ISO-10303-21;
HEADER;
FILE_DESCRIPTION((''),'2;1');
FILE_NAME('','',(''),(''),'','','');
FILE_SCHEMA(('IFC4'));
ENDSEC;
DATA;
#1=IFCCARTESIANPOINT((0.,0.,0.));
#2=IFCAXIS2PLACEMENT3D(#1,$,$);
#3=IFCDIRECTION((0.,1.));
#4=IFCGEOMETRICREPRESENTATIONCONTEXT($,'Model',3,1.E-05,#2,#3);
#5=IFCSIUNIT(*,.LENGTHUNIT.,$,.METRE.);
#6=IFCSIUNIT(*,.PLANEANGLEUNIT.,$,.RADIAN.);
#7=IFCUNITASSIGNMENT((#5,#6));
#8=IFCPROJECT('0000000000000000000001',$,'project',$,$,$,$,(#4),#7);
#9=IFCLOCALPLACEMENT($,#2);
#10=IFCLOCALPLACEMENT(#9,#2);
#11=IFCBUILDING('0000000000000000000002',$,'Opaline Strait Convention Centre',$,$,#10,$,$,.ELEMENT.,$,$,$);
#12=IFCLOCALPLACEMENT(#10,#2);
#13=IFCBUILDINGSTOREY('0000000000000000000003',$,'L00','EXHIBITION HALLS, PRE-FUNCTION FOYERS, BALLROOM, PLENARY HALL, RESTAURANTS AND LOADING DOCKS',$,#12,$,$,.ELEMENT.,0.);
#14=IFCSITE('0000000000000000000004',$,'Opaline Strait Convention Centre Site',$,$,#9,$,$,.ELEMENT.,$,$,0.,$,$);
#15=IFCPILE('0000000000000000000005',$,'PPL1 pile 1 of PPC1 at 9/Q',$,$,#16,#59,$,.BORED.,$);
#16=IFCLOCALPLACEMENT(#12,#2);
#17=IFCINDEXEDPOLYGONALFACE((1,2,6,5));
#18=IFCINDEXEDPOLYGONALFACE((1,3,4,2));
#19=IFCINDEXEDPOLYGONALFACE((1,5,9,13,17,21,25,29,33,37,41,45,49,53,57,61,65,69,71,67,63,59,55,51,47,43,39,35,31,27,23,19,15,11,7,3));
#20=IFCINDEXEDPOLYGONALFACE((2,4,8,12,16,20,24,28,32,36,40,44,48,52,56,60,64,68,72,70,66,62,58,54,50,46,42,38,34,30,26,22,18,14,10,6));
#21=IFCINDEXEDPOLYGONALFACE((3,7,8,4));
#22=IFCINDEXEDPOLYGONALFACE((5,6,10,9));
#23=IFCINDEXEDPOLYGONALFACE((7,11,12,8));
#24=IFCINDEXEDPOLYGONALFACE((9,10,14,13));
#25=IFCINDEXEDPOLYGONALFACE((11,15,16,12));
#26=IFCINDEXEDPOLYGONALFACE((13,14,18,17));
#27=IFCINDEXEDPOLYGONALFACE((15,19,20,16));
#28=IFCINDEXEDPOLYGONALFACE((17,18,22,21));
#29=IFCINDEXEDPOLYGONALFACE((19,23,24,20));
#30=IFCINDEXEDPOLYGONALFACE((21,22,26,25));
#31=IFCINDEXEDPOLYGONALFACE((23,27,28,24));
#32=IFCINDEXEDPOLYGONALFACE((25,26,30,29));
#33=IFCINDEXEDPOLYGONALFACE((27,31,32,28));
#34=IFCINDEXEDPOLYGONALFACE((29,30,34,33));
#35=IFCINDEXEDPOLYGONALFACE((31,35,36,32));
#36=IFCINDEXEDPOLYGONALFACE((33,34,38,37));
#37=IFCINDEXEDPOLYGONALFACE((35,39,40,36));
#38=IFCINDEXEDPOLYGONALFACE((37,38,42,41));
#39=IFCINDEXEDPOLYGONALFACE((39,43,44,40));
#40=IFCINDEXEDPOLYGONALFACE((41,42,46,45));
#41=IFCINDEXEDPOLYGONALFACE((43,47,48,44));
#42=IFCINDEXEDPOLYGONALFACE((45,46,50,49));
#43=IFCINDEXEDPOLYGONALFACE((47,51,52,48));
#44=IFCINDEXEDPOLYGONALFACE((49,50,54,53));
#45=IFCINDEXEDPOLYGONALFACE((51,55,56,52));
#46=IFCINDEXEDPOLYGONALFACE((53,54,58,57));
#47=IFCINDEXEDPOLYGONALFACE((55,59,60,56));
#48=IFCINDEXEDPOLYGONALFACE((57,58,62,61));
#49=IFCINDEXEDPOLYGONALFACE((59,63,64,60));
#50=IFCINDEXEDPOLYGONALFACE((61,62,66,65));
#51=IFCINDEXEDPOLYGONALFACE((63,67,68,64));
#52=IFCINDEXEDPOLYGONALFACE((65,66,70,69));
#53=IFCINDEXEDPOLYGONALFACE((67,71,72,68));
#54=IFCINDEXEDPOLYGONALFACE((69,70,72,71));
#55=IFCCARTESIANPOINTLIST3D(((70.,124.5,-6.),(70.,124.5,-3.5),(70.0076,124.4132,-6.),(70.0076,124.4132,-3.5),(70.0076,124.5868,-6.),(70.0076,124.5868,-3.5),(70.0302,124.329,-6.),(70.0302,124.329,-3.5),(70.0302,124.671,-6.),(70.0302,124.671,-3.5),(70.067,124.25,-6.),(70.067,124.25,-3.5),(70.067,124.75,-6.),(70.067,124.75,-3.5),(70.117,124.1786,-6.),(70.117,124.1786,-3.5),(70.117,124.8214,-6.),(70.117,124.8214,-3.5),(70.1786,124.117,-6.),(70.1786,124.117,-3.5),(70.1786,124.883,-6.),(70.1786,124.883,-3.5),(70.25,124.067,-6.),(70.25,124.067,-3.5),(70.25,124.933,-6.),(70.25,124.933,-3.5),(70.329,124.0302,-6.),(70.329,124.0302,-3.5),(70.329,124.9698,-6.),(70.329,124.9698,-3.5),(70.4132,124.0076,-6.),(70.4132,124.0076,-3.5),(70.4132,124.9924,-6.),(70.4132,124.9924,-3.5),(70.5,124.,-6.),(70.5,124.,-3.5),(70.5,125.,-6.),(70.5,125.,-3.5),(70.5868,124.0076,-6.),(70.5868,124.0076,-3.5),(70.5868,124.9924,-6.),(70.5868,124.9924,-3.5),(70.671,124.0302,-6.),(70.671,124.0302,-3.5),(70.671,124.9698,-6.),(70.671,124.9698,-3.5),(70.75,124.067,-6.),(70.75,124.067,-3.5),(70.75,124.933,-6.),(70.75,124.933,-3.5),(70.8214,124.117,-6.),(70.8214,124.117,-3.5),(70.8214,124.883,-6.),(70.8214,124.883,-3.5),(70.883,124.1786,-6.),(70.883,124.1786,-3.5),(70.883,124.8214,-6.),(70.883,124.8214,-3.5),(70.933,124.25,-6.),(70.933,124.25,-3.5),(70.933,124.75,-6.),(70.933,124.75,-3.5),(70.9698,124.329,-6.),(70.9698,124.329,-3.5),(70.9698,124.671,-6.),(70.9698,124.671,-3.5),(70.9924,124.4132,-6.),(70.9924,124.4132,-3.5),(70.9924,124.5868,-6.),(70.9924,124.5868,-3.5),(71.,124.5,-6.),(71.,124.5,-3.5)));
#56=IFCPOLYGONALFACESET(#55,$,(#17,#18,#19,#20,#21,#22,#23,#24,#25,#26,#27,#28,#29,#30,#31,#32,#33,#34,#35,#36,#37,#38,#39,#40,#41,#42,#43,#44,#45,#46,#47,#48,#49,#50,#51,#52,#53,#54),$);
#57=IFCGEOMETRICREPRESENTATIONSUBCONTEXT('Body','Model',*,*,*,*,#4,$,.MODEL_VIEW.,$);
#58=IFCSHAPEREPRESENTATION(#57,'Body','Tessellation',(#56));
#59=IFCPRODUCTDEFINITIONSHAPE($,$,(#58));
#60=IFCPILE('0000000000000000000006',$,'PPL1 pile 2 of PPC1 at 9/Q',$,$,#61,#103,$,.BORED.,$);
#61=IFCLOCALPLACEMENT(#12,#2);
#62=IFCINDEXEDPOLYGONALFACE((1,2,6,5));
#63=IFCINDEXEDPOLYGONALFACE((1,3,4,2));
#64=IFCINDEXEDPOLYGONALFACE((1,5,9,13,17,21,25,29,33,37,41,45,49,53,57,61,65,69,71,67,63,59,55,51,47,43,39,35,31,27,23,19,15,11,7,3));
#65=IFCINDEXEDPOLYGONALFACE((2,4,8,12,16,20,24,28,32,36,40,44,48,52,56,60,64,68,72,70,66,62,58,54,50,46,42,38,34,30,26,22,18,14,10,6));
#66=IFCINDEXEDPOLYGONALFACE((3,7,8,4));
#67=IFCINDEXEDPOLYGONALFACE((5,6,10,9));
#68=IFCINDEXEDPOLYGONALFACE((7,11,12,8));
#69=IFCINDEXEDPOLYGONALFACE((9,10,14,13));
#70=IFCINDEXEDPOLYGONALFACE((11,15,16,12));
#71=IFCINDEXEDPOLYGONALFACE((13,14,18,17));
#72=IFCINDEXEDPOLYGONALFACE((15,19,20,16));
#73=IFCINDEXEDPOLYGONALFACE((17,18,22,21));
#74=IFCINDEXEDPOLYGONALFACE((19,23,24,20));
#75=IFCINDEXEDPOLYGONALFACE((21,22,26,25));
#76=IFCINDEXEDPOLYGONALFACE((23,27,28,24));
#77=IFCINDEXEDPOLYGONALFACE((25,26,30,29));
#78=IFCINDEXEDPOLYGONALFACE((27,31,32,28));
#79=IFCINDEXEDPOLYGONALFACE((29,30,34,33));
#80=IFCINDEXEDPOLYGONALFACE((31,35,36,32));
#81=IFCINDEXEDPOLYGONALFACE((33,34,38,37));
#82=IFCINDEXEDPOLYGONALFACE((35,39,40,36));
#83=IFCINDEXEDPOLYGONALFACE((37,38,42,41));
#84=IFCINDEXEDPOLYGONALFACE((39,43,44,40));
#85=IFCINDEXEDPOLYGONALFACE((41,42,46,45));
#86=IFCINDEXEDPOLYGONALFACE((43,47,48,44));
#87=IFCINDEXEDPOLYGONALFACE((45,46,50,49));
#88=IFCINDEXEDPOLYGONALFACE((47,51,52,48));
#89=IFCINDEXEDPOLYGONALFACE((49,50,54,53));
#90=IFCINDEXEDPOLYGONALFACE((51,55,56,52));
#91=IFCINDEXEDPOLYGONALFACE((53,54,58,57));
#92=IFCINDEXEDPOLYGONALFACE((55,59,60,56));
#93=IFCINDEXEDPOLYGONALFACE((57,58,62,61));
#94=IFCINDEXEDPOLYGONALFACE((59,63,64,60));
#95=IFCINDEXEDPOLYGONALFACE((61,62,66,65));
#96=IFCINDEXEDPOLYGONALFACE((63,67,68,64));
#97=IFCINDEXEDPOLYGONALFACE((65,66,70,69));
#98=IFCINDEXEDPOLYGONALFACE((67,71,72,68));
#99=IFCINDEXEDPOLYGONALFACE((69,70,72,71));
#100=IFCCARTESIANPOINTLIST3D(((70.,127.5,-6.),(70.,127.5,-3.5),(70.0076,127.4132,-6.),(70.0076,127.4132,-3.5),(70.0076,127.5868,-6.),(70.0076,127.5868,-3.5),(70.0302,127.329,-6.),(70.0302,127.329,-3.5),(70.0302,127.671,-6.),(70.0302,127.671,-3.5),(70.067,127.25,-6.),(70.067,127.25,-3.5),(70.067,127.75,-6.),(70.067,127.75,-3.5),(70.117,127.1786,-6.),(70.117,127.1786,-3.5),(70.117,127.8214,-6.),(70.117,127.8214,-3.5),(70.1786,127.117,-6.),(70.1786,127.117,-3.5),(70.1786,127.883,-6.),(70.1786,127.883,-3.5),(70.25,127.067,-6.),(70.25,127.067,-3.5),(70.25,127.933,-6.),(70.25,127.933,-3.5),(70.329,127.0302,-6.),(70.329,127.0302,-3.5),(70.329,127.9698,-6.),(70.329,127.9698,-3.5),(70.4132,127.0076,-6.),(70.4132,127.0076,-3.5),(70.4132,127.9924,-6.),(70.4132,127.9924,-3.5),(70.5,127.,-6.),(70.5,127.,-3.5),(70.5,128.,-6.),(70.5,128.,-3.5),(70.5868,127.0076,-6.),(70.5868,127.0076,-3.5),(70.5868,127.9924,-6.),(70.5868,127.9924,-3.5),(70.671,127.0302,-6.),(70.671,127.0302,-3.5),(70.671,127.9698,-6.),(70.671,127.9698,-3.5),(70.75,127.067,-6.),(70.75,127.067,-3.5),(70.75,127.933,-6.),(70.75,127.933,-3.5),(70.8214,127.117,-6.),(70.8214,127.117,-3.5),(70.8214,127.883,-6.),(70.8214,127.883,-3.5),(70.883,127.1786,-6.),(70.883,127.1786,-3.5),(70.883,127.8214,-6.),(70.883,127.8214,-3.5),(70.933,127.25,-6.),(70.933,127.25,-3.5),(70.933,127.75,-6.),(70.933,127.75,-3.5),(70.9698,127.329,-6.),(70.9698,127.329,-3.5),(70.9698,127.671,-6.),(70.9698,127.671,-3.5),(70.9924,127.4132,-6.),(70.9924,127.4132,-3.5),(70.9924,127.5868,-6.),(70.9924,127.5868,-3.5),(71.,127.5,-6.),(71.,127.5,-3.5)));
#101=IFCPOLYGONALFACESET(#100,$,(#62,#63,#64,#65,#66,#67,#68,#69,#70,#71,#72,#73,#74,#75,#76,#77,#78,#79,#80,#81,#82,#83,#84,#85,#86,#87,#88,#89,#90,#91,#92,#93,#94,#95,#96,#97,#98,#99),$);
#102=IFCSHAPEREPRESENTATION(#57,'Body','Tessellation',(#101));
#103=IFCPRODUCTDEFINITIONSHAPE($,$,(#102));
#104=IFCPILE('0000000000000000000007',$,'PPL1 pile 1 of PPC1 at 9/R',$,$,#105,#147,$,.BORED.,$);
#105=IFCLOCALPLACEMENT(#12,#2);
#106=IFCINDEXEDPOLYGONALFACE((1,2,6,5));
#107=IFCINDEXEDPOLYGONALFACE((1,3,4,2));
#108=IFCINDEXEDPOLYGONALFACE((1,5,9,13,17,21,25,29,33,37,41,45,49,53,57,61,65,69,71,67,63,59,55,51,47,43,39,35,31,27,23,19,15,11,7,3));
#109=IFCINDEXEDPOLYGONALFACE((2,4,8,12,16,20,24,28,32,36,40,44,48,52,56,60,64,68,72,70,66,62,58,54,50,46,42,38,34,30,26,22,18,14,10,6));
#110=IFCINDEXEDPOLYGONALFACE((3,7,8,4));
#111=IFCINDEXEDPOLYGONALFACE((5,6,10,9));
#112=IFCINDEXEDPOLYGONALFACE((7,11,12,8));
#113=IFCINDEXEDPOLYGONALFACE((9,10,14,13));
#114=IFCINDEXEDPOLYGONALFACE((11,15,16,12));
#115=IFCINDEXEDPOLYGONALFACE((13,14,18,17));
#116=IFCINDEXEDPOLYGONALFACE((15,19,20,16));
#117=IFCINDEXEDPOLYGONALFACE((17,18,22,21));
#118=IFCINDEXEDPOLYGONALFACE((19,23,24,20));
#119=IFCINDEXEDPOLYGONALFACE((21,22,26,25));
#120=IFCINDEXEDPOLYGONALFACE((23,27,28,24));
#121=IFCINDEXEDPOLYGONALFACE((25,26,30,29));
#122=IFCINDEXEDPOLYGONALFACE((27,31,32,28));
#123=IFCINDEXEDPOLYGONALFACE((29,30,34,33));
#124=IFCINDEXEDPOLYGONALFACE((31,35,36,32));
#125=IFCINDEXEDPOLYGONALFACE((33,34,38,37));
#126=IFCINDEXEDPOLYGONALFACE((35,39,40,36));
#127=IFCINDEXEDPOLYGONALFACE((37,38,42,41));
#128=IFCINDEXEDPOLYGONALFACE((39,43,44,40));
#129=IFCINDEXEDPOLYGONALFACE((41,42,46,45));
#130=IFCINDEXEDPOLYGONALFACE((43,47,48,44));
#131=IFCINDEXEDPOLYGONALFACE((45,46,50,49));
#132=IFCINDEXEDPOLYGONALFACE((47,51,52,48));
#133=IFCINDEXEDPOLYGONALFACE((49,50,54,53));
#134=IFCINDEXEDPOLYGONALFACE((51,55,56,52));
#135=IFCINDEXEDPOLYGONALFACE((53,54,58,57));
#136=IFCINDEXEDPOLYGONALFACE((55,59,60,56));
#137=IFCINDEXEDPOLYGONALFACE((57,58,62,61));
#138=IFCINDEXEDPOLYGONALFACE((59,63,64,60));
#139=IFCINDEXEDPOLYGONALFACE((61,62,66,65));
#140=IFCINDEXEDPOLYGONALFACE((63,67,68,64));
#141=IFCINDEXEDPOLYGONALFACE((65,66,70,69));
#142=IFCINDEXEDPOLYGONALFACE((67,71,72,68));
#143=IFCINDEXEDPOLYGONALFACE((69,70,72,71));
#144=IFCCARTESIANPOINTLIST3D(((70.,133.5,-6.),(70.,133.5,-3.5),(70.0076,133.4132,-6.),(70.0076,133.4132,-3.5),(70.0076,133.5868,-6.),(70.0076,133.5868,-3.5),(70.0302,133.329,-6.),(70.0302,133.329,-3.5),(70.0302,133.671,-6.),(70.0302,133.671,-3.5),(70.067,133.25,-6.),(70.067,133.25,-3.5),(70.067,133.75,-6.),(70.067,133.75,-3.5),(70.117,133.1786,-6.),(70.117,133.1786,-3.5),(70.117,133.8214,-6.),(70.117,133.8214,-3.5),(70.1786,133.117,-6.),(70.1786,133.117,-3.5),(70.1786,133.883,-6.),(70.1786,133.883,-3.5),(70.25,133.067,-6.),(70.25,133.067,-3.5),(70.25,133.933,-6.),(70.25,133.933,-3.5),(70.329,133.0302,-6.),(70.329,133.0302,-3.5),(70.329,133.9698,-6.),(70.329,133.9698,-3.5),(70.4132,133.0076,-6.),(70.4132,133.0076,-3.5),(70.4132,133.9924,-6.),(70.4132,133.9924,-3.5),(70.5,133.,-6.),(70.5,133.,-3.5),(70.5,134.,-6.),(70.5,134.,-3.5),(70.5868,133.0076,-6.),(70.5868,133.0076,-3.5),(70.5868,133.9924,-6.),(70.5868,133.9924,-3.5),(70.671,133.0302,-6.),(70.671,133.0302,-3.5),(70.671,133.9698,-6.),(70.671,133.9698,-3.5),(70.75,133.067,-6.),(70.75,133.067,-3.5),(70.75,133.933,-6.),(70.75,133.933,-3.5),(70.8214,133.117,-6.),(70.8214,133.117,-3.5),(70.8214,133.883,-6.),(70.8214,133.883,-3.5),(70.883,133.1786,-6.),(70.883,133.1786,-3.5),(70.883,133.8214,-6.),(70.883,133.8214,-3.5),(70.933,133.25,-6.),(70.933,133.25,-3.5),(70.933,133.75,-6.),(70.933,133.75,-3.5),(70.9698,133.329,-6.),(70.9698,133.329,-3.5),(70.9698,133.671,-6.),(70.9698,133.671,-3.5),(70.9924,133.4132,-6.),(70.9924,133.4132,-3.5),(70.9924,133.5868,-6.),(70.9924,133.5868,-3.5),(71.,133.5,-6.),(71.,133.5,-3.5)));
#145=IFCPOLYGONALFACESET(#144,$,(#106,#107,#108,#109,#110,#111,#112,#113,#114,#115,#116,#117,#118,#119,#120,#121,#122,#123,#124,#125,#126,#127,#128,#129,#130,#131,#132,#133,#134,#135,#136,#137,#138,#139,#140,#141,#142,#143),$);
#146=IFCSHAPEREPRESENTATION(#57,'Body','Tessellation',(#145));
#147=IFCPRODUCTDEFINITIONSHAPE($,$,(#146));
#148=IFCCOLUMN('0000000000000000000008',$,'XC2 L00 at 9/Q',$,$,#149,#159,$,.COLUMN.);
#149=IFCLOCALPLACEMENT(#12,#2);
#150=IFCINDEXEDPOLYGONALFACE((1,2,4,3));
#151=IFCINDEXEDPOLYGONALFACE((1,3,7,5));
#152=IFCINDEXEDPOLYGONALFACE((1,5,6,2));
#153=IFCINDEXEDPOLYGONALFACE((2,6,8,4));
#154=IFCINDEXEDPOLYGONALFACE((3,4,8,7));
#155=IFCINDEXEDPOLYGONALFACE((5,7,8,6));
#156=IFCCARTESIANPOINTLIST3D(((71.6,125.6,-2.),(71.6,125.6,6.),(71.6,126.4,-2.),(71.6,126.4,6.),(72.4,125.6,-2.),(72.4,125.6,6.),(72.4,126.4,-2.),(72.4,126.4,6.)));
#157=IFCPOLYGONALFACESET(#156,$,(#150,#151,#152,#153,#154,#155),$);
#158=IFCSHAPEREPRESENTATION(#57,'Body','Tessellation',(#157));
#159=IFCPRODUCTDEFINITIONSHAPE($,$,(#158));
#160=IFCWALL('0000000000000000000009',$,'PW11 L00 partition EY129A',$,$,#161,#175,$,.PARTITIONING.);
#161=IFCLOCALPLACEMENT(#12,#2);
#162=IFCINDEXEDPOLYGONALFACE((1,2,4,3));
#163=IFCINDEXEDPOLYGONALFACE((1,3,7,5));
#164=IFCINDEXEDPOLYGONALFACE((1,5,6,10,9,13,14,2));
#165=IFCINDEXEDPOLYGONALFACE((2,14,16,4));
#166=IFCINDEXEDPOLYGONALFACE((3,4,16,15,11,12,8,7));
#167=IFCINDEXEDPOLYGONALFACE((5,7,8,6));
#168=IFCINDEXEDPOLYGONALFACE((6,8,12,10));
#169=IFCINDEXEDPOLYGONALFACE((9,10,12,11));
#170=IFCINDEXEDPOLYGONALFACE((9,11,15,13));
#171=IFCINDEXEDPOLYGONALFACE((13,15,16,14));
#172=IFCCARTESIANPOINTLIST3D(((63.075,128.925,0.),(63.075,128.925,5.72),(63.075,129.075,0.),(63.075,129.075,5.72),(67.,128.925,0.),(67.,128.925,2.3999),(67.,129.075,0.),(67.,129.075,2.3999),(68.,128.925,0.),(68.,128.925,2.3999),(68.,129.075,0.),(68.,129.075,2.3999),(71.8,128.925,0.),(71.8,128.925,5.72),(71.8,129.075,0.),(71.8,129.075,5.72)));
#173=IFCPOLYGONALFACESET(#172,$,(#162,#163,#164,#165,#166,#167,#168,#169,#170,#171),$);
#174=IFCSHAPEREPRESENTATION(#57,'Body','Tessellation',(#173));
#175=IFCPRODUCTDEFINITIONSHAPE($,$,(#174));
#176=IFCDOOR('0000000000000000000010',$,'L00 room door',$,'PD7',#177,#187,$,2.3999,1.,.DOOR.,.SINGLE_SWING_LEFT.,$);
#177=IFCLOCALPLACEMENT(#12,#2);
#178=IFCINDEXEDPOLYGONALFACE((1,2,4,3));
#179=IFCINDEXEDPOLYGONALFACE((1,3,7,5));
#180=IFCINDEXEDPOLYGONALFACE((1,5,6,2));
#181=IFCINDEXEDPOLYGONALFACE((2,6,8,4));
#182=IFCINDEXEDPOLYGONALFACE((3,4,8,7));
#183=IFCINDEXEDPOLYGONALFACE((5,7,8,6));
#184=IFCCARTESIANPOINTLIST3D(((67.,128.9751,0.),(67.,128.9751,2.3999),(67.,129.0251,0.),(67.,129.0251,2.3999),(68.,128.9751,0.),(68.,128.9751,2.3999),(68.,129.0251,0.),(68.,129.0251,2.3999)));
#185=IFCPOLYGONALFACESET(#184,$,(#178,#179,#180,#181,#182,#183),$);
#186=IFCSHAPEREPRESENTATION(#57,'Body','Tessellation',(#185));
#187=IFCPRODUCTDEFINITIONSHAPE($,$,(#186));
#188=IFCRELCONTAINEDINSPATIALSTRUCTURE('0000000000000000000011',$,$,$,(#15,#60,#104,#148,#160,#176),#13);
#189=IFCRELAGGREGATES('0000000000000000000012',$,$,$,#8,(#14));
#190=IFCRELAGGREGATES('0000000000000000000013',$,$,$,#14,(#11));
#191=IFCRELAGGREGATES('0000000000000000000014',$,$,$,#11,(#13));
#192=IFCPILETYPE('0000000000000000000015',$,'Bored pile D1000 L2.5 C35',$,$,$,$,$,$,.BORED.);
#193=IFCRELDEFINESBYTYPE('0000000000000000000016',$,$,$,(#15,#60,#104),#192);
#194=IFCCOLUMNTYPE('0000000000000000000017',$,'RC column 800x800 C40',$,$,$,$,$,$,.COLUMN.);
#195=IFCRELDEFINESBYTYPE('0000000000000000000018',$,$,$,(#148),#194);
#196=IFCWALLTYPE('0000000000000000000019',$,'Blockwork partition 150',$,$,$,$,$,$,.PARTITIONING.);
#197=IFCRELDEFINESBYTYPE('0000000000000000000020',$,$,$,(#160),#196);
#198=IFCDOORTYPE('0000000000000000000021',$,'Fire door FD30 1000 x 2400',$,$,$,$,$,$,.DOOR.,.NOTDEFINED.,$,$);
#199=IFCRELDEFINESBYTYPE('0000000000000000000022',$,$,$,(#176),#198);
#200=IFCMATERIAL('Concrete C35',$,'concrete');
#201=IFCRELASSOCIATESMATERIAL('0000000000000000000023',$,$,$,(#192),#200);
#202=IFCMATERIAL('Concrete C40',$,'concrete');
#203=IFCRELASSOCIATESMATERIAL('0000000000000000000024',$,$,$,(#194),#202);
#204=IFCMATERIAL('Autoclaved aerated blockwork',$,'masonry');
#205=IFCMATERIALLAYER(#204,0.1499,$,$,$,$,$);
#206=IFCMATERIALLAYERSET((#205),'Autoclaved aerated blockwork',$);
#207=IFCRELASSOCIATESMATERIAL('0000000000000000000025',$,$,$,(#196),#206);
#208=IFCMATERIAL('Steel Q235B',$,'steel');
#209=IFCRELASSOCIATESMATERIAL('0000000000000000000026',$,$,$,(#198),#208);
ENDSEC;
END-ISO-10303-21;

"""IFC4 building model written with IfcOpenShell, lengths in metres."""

from ifc_helpers import new_model, si_unit, direction, frame, frame_2d, origin, origin_2d, place, context, subcontext, project, spatial, rectangle, circle, extrude, material, layer, layer_set, material_profile, profile_set, type_object, element, fill, save


model = new_model("IFC4")

# Units and contexts
model_context = context("Model", 3, precision=1e-05, world=origin(), true_north=direction((0.0, 1.0)))
body_context = subcontext(model_context, "Body", "Model", "MODEL_VIEW")
ifc_project = project(units=[si_unit("LENGTHUNIT", "METRE"), si_unit("PLANEANGLEUNIT", "RADIAN")], contexts=[model_context])

# Site, building, storey
site_placement = place(None, origin())
site = spatial("IfcSite", under=ifc_project, at=site_placement, Name="Opaline Strait Convention Centre Site", CompositionType="ELEMENT", RefElevation=0.0)
building_placement = place(site_placement, origin())
building = spatial("IfcBuilding", under=site, at=building_placement, Name="Opaline Strait Convention Centre", CompositionType="ELEMENT")
storey_placement = place(building_placement, origin())
storey = spatial("IfcBuildingStorey", under=building, at=storey_placement, Name="L00", Description="EXHIBITION HALLS, PRE-FUNCTION FOYERS, BALLROOM, PLENARY HALL, RESTAURANTS AND LOADING DOCKS", CompositionType="ELEMENT", Elevation=0.0)

# Piles
ifc_material_1 = material(Name="Concrete C35", Category="concrete")
ifc_material_profile_1 = material_profile(ifc_material_1, circle(Radius=0.5, at=origin_2d()), Name="D1000")
ifc_profile_set_1 = profile_set([ifc_material_profile_1], Name="Concrete C35")
pile_type = type_object("IfcPileType", Name="Bored pile D1000 L2.5 C35", PredefinedType="BORED", material=ifc_profile_set_1)
for number, where, z_axis, x_axis, name in (
    (1, (70.5, 124.5, -3.5), (0.0, 0.0, -1.0), (1.0, 0.0, 0.0), "PPL1 pile 1 of PPC1 at 9/Q"),
    (2, (70.5, 127.5, -3.5), (0.0, 0.0, -1.0), (1.0, 0.0, 0.0), "PPL1 pile 2 of PPC1 at 9/Q"),
    (3, (70.5, 133.5, -3.5), (0.0, 0.0, -1.0), (1.0, 0.0, 0.0), "PPL1 pile 1 of PPC1 at 9/R"),
):
    element("IfcPile", number, at=place(storey_placement, frame(where, z_axis=z_axis, x_axis=x_axis)), inside=storey, type_object=pile_type, Name=name, PredefinedType="BORED", context=body_context, shape_type="SweptSolid", body=[
        extrude(circle(Radius=0.5, at=origin_2d()), origin(), (0.0, 0.0, 1.0), 2.5),
    ])

# Column
ifc_material_2 = material(Name="Concrete C40", Category="concrete")
ifc_material_profile_2 = material_profile(ifc_material_2, rectangle(XDim=0.8, YDim=0.8, at=origin_2d()), Name="RC 800x800")
ifc_profile_set_2 = profile_set([ifc_material_profile_2], Name="Concrete C40")
column_type = type_object("IfcColumnType", Name="RC column 800x800 C40", PredefinedType="COLUMN", material=ifc_profile_set_2)
column_placement = place(storey_placement, frame((72.0, 126.0, -2.0), z_axis=(0.0, 0.0, 1.0), x_axis=(1.0, 0.0, 0.0)))
element("IfcColumn", 4, at=column_placement, inside=storey, type_object=column_type, Name="XC2 L00 at 9/Q", PredefinedType="COLUMN", context=body_context, shape_type="SweptSolid", body=[
    extrude(rectangle(XDim=0.8, YDim=0.8, at=origin_2d()), origin(), (0.0, 0.0, 1.0), 8.0),
])

# Wall, opening, door
ifc_material_3 = material(Name="Autoclaved aerated blockwork", Category="masonry")
ifc_layer_1 = layer(ifc_material_3, 0.1499)
ifc_layer_set_1 = layer_set([ifc_layer_1], Name="Autoclaved aerated blockwork")
wall_type_1 = type_object("IfcWallType", Name="Blockwork partition 150", PredefinedType="PARTITIONING", material=ifc_layer_set_1)
wall_1_placement = place(storey_placement, frame((71.8, 129.0, 0.0), z_axis=(0.0, 0.0, 1.0), x_axis=(-1.0, 0.0, 0.0)))
wall_1 = element("IfcWall", 5, at=wall_1_placement, inside=storey, type_object=wall_type_1, Name="PW11 L00 partition EY129A", PredefinedType="PARTITIONING", context=body_context, shape_type="SweptSolid", body=[
    extrude(rectangle(XDim=8.7251, YDim=0.1499, at=frame_2d((4.3625, 0.0))), origin(), (0.0, 0.0, 1.0), 5.72),
])
opening_placement = place(wall_1_placement, frame((3.8, 0.0, 0.0)))
opening = element("IfcOpeningElement", 6, at=opening_placement, cuts=wall_1, PredefinedType="OPENING", context=body_context, shape_type="SweptSolid", body=[
    extrude(rectangle(XDim=1.0, YDim=2.3999, at=frame_2d((0.5, 1.2))), frame((0.0, 0.085, 0.0), z_axis=(0.0, -1.0, 0.0), x_axis=(1.0, 0.0, 0.0)), (0.0, 0.0, 1.0), 0.1699),
])
ifc_material_4 = material(Name="Steel Q235B", Category="steel")
door_type = type_object("IfcDoorType", Name="Fire door FD30 1000 x 2400", OperationType="NOTDEFINED", PredefinedType="DOOR", material=ifc_material_4)
door_placement = place(opening_placement, origin())
door = element("IfcDoor", 7, at=door_placement, inside=storey, type_object=door_type, Name="L00 room door", ObjectType="PD7", OperationType="SINGLE_SWING_LEFT", OverallHeight=2.3999, OverallWidth=1.0, PredefinedType="DOOR", context=body_context, shape_type="SweptSolid", body=[
    extrude(rectangle(XDim=1.0, YDim=2.3999, at=frame_2d((0.5, 1.2))), frame((0.0, 0.0249, 0.0), z_axis=(0.0, -1.0, 0.0), x_axis=(1.0, 0.0, 0.0)), (0.0, 0.0, 1.0), 0.05),
])
fill(opening, door)

save(model, "model.ifc")
